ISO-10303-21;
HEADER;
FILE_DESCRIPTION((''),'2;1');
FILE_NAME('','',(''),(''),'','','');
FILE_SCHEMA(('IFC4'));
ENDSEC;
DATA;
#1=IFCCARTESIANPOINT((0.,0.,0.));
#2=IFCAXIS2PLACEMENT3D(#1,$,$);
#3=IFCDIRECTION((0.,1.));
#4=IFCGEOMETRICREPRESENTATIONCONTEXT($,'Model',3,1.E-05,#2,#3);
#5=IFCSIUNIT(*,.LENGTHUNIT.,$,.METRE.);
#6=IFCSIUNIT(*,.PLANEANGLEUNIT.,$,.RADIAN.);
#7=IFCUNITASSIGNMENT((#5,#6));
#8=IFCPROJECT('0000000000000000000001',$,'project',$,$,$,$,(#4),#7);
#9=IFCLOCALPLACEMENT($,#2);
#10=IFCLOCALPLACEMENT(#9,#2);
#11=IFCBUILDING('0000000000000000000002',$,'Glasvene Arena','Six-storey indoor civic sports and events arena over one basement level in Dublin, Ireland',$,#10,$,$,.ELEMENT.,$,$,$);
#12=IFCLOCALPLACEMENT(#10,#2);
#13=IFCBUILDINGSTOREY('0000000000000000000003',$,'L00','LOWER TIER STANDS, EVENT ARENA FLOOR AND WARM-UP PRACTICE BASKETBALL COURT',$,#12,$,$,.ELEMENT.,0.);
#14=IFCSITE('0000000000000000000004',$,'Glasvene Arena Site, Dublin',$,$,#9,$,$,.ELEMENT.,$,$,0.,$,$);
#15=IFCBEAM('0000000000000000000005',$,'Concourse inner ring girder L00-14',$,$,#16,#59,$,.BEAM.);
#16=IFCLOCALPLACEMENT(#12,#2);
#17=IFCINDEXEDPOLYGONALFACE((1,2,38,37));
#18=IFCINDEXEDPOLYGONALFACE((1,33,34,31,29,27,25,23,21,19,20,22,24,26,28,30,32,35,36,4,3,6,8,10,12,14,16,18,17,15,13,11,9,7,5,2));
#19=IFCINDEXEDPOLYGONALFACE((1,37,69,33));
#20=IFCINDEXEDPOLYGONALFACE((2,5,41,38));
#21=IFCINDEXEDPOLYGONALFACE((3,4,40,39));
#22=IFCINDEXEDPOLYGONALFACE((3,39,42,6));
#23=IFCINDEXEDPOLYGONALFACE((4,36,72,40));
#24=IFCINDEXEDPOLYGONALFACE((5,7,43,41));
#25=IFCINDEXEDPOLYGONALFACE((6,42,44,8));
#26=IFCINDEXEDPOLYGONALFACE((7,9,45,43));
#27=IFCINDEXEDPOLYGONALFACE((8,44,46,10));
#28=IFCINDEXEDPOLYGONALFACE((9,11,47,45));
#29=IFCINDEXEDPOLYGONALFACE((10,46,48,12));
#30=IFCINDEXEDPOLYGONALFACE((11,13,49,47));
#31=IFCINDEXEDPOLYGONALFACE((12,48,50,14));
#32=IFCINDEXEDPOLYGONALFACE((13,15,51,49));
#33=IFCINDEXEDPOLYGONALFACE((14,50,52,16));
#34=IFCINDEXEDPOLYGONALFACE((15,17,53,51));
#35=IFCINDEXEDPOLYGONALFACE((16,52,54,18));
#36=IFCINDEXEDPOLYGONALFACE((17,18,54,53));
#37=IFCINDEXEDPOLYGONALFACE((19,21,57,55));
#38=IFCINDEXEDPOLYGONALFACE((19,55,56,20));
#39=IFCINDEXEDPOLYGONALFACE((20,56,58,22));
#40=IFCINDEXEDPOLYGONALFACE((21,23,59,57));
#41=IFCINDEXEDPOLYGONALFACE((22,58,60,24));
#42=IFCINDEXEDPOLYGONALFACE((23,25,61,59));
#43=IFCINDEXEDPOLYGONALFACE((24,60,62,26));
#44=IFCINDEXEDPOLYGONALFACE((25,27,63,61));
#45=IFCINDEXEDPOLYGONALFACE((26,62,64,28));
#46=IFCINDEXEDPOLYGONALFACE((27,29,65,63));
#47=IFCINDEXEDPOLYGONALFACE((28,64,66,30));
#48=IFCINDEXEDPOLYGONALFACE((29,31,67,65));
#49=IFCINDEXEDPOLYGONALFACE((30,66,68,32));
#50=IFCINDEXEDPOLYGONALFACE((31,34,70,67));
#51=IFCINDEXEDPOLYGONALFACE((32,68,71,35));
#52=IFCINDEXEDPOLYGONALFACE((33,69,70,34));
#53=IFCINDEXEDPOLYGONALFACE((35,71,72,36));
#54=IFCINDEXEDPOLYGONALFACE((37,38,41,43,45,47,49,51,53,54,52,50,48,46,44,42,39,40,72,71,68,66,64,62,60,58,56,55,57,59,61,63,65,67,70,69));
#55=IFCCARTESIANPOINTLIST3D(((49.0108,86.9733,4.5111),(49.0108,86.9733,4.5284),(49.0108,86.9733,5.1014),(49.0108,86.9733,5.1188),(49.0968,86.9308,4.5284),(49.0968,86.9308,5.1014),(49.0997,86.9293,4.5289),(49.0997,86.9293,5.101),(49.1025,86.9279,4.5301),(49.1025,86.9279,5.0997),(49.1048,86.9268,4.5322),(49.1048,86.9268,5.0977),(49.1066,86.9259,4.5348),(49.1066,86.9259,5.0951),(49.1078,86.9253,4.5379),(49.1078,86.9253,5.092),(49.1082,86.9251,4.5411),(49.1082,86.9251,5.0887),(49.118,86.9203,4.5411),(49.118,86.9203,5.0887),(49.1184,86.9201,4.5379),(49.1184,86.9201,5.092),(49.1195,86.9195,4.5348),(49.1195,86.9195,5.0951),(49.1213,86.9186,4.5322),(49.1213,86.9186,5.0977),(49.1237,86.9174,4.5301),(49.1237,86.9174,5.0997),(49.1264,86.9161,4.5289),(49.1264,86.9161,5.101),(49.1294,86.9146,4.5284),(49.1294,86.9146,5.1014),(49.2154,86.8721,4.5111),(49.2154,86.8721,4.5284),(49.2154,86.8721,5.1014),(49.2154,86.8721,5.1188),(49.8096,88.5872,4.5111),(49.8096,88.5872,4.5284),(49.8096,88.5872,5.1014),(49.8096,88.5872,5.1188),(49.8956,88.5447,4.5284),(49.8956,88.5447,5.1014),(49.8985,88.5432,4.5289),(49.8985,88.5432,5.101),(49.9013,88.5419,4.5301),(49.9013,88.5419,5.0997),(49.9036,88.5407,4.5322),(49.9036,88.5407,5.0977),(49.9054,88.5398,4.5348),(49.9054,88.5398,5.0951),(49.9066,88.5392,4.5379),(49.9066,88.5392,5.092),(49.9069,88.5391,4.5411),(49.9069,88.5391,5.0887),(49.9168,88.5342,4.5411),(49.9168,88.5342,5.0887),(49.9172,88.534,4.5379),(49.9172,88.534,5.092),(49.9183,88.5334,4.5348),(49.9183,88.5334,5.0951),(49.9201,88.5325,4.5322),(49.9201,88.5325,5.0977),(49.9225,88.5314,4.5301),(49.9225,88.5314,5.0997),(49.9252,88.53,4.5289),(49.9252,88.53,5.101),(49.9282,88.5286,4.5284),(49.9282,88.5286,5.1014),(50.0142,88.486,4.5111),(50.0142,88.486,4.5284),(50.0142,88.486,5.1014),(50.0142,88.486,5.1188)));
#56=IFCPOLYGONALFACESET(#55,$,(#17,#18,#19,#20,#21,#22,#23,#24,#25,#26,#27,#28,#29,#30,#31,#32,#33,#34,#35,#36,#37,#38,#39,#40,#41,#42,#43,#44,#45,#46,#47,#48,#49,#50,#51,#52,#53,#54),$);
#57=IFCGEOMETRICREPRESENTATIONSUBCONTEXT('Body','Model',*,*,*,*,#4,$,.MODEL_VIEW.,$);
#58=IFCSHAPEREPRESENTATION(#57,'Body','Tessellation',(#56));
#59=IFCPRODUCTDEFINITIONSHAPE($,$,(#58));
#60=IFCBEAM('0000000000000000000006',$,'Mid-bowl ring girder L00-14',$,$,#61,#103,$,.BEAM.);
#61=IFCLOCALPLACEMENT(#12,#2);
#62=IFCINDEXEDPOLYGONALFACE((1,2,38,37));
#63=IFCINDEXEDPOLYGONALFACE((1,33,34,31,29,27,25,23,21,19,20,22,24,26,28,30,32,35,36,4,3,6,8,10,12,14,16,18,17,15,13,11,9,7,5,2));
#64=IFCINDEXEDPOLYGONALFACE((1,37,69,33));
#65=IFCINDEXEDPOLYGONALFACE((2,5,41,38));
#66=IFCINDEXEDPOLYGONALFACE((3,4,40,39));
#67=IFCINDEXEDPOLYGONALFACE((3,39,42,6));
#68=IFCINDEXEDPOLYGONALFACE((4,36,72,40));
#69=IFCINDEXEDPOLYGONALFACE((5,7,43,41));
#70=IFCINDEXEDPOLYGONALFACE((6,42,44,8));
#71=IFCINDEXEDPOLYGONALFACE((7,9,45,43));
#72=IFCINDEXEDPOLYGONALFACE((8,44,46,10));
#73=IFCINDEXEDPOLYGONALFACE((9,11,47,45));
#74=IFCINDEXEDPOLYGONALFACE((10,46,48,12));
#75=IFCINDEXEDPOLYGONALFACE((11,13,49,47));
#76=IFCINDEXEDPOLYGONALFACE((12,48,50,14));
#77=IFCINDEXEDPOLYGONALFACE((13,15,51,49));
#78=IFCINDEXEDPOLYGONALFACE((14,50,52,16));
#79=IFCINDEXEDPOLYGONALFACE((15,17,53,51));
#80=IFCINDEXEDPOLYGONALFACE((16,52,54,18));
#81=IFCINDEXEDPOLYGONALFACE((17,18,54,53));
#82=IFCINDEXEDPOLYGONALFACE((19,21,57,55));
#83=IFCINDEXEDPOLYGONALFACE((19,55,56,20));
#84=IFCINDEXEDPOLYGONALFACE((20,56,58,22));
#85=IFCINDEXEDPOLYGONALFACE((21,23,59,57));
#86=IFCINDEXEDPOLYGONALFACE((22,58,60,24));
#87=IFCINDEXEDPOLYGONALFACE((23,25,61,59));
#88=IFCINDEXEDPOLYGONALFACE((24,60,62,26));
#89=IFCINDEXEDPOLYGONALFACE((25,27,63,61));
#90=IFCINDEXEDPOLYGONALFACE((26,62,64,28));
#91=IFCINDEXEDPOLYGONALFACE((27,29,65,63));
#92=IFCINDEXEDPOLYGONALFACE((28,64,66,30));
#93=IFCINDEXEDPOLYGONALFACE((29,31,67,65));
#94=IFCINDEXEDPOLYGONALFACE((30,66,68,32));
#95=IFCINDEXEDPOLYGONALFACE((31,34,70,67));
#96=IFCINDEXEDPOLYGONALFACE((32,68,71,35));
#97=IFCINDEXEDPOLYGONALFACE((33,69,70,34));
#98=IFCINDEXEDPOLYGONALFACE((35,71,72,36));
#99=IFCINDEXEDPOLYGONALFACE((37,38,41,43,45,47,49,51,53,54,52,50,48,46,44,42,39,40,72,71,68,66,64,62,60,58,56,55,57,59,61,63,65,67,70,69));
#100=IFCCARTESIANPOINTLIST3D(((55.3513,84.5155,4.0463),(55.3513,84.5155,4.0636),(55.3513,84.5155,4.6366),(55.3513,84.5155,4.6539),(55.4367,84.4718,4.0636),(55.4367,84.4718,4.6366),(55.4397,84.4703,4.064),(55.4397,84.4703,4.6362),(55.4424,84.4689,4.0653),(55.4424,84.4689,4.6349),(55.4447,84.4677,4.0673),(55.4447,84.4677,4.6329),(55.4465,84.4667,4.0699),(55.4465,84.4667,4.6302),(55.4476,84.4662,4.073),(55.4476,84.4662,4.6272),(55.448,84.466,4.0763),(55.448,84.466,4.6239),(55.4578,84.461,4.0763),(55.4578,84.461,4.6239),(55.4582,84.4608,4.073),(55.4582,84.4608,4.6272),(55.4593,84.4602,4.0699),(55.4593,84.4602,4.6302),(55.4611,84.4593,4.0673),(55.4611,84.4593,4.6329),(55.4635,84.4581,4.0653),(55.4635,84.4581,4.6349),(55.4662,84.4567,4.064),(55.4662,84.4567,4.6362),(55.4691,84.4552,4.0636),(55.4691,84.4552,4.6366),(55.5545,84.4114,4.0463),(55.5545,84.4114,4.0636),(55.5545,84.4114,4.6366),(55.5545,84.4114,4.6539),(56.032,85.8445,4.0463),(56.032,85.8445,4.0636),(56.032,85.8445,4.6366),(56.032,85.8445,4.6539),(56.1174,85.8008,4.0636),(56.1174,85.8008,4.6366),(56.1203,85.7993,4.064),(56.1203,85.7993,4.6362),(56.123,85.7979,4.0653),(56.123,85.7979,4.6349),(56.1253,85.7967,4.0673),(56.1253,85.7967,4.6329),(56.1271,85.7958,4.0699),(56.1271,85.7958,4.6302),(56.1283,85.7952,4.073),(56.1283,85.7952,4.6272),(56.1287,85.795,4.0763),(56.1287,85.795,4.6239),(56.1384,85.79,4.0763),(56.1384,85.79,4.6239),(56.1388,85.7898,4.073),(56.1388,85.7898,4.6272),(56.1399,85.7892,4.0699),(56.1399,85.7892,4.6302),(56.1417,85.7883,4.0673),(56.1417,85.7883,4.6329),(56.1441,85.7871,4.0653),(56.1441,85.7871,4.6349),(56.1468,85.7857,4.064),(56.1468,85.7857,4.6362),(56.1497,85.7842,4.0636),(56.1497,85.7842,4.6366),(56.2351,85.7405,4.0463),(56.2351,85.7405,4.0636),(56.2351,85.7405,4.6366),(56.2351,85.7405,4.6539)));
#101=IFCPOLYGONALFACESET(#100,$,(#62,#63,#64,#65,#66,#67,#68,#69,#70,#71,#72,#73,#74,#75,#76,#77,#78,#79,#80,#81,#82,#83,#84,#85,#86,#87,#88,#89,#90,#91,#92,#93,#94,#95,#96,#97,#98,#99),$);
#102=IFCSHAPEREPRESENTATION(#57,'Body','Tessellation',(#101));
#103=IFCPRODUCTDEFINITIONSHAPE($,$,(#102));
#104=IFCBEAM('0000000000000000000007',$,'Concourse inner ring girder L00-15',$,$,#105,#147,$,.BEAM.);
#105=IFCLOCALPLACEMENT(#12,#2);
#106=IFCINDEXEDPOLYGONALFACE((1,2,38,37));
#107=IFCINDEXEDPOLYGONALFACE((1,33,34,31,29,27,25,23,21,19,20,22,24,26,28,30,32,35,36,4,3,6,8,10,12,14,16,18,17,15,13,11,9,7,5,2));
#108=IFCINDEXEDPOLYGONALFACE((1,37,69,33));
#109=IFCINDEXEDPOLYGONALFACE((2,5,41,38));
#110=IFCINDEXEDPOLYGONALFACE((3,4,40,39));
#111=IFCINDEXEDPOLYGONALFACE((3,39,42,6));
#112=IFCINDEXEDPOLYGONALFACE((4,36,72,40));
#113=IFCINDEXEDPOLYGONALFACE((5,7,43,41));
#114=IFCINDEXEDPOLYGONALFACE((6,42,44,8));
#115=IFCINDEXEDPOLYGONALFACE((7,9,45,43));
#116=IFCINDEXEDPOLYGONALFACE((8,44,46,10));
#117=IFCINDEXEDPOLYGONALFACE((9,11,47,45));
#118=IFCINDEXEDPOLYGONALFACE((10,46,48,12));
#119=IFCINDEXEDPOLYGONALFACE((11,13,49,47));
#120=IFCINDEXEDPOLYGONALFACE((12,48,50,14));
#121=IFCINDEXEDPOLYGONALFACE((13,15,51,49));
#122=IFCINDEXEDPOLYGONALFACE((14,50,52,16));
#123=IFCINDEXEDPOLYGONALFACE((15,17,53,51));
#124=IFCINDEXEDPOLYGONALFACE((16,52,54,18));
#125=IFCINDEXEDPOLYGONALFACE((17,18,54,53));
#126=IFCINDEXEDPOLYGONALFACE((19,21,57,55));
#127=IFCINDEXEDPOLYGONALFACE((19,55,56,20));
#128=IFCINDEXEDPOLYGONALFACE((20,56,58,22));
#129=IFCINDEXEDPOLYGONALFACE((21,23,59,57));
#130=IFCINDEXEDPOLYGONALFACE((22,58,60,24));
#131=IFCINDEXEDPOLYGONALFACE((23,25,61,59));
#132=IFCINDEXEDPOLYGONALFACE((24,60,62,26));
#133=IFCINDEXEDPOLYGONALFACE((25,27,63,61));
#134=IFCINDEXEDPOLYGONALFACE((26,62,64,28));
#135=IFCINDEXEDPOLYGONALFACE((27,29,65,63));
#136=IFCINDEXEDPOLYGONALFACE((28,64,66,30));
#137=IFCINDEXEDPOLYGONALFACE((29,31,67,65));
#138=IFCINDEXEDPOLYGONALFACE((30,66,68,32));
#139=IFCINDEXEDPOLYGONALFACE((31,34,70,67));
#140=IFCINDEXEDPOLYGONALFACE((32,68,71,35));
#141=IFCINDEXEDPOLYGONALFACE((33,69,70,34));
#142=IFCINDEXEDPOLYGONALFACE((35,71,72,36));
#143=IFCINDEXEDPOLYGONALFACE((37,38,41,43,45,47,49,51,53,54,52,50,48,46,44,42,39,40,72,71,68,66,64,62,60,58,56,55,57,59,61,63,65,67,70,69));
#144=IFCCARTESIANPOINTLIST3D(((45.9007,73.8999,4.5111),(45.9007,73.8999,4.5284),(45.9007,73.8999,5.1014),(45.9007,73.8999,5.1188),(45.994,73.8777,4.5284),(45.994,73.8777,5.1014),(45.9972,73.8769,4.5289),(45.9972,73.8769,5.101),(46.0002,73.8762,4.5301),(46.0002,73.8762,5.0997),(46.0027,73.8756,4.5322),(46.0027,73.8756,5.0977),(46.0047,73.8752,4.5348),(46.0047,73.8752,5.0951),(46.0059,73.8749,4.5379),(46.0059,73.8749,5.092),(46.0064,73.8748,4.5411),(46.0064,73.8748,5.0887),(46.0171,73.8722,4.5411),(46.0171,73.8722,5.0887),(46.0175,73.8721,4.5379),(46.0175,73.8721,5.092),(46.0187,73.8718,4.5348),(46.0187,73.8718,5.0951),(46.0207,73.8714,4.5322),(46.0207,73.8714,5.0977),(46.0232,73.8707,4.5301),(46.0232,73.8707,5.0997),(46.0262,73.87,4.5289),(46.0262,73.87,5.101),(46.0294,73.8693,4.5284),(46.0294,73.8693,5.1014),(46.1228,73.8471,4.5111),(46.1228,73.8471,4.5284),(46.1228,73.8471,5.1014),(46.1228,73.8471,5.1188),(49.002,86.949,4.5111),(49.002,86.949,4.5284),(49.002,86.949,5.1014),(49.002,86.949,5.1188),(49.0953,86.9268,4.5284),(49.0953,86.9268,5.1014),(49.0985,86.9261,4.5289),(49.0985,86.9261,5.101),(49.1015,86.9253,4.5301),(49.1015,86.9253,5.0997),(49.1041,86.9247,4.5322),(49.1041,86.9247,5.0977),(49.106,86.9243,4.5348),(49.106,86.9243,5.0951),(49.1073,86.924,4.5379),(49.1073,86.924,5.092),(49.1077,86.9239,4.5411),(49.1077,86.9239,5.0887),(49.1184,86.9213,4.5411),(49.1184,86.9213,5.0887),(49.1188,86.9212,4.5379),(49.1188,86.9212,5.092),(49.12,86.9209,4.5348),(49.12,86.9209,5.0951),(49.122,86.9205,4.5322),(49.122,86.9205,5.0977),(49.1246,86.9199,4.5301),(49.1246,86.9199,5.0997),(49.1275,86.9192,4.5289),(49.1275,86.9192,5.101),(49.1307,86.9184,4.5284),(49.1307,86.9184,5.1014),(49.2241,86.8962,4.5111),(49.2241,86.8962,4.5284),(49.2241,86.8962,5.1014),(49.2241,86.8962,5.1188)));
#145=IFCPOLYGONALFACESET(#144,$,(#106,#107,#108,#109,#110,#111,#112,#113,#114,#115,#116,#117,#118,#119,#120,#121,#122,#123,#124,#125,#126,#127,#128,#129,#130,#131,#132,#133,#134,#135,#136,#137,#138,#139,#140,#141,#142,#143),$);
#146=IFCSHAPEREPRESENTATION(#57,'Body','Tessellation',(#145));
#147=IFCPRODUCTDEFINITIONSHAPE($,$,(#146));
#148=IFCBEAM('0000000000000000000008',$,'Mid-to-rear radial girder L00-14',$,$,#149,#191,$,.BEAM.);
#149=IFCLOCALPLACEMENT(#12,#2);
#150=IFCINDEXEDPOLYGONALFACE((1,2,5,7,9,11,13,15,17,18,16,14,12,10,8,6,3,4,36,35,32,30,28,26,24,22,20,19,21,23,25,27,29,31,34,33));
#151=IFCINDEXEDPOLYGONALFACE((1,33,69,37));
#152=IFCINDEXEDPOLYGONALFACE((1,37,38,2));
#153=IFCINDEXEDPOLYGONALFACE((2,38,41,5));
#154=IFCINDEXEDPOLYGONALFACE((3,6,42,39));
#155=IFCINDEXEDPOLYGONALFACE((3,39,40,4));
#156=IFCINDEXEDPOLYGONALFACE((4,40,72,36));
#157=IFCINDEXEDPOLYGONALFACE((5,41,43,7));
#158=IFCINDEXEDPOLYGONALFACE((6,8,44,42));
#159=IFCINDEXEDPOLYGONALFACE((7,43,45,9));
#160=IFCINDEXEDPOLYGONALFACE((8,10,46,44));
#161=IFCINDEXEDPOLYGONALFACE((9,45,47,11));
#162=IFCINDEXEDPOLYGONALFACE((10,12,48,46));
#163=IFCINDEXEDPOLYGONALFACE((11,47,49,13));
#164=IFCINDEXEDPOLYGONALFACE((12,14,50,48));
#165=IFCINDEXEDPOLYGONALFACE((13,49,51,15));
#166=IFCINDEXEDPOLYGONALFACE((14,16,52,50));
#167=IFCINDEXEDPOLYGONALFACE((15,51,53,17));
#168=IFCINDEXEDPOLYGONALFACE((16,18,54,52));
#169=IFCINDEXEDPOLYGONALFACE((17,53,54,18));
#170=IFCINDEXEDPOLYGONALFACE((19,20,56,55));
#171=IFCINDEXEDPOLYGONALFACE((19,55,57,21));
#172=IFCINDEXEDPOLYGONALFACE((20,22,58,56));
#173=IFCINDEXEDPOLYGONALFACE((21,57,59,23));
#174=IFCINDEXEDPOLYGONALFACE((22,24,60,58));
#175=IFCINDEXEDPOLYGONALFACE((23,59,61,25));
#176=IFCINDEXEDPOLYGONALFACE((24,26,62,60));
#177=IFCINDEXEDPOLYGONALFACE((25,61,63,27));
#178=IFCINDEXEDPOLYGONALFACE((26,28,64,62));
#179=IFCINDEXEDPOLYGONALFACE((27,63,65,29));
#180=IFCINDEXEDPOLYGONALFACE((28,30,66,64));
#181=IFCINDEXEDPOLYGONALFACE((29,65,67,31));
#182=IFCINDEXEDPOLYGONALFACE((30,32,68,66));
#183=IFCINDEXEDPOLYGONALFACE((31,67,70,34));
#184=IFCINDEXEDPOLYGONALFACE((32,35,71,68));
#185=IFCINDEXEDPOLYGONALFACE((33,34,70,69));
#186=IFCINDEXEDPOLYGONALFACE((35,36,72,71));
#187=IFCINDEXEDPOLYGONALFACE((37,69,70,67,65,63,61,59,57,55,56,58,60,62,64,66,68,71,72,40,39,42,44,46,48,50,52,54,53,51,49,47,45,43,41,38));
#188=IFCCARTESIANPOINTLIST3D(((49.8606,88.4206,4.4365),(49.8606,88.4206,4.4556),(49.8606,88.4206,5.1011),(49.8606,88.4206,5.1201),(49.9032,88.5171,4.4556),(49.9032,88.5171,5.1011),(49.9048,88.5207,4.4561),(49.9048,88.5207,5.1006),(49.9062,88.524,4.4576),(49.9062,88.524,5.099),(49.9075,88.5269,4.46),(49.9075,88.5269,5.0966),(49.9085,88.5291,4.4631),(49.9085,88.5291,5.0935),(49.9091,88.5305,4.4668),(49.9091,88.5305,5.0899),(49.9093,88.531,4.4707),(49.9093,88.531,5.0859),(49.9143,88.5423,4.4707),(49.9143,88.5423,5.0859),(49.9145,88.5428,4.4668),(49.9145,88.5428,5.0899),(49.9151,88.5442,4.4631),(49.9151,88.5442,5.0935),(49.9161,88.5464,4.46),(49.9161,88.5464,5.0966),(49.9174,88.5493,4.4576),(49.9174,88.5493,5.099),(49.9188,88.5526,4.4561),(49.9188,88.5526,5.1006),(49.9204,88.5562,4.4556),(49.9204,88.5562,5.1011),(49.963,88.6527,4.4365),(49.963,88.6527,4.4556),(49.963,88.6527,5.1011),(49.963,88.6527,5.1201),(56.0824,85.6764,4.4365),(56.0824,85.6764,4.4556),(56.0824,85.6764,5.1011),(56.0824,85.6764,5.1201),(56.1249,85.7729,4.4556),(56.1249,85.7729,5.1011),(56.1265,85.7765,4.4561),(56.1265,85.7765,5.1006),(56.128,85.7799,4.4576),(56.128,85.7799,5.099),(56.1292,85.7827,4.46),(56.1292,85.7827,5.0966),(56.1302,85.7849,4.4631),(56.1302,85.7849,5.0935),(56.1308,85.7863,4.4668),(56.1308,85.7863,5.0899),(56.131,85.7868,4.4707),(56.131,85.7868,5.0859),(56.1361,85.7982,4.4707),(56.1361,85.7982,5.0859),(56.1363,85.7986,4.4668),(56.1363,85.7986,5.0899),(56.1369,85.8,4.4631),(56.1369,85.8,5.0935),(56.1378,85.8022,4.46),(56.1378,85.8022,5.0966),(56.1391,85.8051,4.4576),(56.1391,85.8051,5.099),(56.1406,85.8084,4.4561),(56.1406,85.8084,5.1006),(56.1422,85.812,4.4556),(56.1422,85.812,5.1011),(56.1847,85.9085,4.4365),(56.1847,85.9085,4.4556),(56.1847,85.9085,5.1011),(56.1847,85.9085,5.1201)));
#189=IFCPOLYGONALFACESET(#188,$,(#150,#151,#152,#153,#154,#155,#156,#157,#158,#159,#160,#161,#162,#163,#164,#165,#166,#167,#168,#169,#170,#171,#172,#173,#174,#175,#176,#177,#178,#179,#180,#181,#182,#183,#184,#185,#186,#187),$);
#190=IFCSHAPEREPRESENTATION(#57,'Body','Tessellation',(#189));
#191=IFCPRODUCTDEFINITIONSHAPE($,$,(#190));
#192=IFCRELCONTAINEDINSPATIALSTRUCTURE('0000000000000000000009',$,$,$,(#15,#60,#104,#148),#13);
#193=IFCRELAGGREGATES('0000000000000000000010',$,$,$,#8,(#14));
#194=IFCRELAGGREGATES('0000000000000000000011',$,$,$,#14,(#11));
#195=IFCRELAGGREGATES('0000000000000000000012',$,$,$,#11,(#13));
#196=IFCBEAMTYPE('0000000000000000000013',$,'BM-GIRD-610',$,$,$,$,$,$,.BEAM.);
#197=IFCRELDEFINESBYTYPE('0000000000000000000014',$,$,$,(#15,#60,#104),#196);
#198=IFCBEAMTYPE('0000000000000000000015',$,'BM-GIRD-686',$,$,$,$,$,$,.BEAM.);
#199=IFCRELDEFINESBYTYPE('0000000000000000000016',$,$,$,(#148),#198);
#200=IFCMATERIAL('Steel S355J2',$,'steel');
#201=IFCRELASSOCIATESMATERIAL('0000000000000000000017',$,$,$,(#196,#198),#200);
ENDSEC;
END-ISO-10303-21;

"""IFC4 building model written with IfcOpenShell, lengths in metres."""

from ifc_helpers import new_model, si_unit, direction, frame, origin, origin_2d, place, context, subcontext, project, spatial, i_section, extrude, material, material_profile, profile_set, type_object, element, save


model = new_model("IFC4")

# Units and contexts
model_context = context("Model", 3, precision=1e-05, world=origin(), true_north=direction((0.0, 1.0)))
body_context = subcontext(model_context, "Body", "Model", "MODEL_VIEW")
ifc_project = project(units=[si_unit("LENGTHUNIT", "METRE"), si_unit("PLANEANGLEUNIT", "RADIAN")], contexts=[model_context])

# Site, building, storey
site_placement = place(None, origin())
site = spatial("IfcSite", under=ifc_project, at=site_placement, Name="Glasvene Arena Site, Dublin", CompositionType="ELEMENT", RefElevation=0.0)
building_placement = place(site_placement, origin())
building = spatial("IfcBuilding", under=site, at=building_placement, Name="Glasvene Arena", Description="Six-storey indoor civic sports and events arena over one basement level in Dublin, Ireland", CompositionType="ELEMENT")
storey_placement = place(building_placement, origin())
storey = spatial("IfcBuildingStorey", under=building, at=storey_placement, Name="L00", Description="LOWER TIER STANDS, EVENT ARENA FLOOR AND WARM-UP PRACTICE BASKETBALL COURT", CompositionType="ELEMENT", Elevation=0.0)

# Shared definitions
ifc_material_1 = material(Name="Steel S355J2", Category="steel")

# Beams
ifc_material_profile_1 = material_profile(ifc_material_1, i_section(OverallWidth=0.2283, OverallDepth=0.6077, WebThickness=0.011, FlangeThickness=0.0173, FilletRadius=0.0127, at=origin_2d()), Name="UKB 610x229x113")
ifc_profile_set_1 = profile_set([ifc_material_profile_1], Name="Steel S355J2")
beam_type_1 = type_object("IfcBeamType", Name="BM-GIRD-610", PredefinedType="BEAM", material=ifc_profile_set_1)
beam_1_placement = place(storey_placement, frame((49.9119, 88.5366, 4.8149), z_axis=(-0.443577, -0.896236, 0.0), x_axis=(0.896236, -0.443577, 0.0)))
element("IfcBeam", 1, at=beam_1_placement, inside=storey, type_object=beam_type_1, Name="Concourse inner ring girder L00-14", PredefinedType="BEAM", context=body_context, shape_type="SweptSolid", body=[
    extrude(i_section(OverallWidth=0.2283, OverallDepth=0.6077, WebThickness=0.011, FlangeThickness=0.0173, FilletRadius=0.0127, at=origin_2d()), origin(), (0.0, 0.0, 1.0), 1.8008),
])
beam_2_placement = place(storey_placement, frame((56.1335, 85.7925, 4.3501), z_axis=(-0.455825, -0.890069, 0.0), x_axis=(0.890069, -0.455825, 0.0)))
element("IfcBeam", 2, at=beam_2_placement, inside=storey, type_object=beam_type_1, Name="Mid-bowl ring girder L00-14", PredefinedType="BEAM", context=body_context, shape_type="SweptSolid", body=[
    extrude(i_section(OverallWidth=0.2283, OverallDepth=0.6077, WebThickness=0.011, FlangeThickness=0.0173, FilletRadius=0.0127, at=origin_2d()), origin(), (0.0, 0.0, 1.0), 1.4932),
])
beam_3_placement = place(storey_placement, frame((49.113, 86.9226, 4.8149), z_axis=(-0.231225, -0.9729, 0.0), x_axis=(0.9729, -0.231225, 0.0)))
element("IfcBeam", 3, at=beam_3_placement, inside=storey, type_object=beam_type_1, Name="Concourse inner ring girder L00-15", PredefinedType="BEAM", context=body_context, shape_type="SweptSolid", body=[
    extrude(i_section(OverallWidth=0.2283, OverallDepth=0.6077, WebThickness=0.011, FlangeThickness=0.0173, FilletRadius=0.0127, at=origin_2d()), origin(), (0.0, 0.0, 1.0), 13.4126),
])
ifc_material_profile_2 = material_profile(ifc_material_1, i_section(OverallWidth=0.2537, OverallDepth=0.6836, WebThickness=0.0125, FlangeThickness=0.019, FilletRadius=0.0151, at=origin_2d()), Name="UKB 686x254x140")
ifc_profile_set_2 = profile_set([ifc_material_profile_2], Name="Steel S355J2")
beam_type_2 = type_object("IfcBeamType", Name="BM-GIRD-686", PredefinedType="BEAM", material=ifc_profile_set_2)
for number, where, z_axis, x_axis, name in (
    (4, (56.1335, 85.7925, 4.7783), (-0.914957, 0.403552, 0.0), (-0.403552, -0.914957, 0.0), "Mid-to-rear radial girder L00-14"),
):
    element("IfcBeam", number, at=place(storey_placement, frame(where, z_axis=z_axis, x_axis=x_axis)), inside=storey, type_object=beam_type_2, Name=name, PredefinedType="BEAM", context=body_context, shape_type="SweptSolid", body=[
        extrude(i_section(OverallWidth=0.2537, OverallDepth=0.6836, WebThickness=0.0125, FlangeThickness=0.019, FilletRadius=0.0151, at=origin_2d()), origin(), (0.0, 0.0, 1.0), 6.8),
    ])

save(model, "model.ifc")
